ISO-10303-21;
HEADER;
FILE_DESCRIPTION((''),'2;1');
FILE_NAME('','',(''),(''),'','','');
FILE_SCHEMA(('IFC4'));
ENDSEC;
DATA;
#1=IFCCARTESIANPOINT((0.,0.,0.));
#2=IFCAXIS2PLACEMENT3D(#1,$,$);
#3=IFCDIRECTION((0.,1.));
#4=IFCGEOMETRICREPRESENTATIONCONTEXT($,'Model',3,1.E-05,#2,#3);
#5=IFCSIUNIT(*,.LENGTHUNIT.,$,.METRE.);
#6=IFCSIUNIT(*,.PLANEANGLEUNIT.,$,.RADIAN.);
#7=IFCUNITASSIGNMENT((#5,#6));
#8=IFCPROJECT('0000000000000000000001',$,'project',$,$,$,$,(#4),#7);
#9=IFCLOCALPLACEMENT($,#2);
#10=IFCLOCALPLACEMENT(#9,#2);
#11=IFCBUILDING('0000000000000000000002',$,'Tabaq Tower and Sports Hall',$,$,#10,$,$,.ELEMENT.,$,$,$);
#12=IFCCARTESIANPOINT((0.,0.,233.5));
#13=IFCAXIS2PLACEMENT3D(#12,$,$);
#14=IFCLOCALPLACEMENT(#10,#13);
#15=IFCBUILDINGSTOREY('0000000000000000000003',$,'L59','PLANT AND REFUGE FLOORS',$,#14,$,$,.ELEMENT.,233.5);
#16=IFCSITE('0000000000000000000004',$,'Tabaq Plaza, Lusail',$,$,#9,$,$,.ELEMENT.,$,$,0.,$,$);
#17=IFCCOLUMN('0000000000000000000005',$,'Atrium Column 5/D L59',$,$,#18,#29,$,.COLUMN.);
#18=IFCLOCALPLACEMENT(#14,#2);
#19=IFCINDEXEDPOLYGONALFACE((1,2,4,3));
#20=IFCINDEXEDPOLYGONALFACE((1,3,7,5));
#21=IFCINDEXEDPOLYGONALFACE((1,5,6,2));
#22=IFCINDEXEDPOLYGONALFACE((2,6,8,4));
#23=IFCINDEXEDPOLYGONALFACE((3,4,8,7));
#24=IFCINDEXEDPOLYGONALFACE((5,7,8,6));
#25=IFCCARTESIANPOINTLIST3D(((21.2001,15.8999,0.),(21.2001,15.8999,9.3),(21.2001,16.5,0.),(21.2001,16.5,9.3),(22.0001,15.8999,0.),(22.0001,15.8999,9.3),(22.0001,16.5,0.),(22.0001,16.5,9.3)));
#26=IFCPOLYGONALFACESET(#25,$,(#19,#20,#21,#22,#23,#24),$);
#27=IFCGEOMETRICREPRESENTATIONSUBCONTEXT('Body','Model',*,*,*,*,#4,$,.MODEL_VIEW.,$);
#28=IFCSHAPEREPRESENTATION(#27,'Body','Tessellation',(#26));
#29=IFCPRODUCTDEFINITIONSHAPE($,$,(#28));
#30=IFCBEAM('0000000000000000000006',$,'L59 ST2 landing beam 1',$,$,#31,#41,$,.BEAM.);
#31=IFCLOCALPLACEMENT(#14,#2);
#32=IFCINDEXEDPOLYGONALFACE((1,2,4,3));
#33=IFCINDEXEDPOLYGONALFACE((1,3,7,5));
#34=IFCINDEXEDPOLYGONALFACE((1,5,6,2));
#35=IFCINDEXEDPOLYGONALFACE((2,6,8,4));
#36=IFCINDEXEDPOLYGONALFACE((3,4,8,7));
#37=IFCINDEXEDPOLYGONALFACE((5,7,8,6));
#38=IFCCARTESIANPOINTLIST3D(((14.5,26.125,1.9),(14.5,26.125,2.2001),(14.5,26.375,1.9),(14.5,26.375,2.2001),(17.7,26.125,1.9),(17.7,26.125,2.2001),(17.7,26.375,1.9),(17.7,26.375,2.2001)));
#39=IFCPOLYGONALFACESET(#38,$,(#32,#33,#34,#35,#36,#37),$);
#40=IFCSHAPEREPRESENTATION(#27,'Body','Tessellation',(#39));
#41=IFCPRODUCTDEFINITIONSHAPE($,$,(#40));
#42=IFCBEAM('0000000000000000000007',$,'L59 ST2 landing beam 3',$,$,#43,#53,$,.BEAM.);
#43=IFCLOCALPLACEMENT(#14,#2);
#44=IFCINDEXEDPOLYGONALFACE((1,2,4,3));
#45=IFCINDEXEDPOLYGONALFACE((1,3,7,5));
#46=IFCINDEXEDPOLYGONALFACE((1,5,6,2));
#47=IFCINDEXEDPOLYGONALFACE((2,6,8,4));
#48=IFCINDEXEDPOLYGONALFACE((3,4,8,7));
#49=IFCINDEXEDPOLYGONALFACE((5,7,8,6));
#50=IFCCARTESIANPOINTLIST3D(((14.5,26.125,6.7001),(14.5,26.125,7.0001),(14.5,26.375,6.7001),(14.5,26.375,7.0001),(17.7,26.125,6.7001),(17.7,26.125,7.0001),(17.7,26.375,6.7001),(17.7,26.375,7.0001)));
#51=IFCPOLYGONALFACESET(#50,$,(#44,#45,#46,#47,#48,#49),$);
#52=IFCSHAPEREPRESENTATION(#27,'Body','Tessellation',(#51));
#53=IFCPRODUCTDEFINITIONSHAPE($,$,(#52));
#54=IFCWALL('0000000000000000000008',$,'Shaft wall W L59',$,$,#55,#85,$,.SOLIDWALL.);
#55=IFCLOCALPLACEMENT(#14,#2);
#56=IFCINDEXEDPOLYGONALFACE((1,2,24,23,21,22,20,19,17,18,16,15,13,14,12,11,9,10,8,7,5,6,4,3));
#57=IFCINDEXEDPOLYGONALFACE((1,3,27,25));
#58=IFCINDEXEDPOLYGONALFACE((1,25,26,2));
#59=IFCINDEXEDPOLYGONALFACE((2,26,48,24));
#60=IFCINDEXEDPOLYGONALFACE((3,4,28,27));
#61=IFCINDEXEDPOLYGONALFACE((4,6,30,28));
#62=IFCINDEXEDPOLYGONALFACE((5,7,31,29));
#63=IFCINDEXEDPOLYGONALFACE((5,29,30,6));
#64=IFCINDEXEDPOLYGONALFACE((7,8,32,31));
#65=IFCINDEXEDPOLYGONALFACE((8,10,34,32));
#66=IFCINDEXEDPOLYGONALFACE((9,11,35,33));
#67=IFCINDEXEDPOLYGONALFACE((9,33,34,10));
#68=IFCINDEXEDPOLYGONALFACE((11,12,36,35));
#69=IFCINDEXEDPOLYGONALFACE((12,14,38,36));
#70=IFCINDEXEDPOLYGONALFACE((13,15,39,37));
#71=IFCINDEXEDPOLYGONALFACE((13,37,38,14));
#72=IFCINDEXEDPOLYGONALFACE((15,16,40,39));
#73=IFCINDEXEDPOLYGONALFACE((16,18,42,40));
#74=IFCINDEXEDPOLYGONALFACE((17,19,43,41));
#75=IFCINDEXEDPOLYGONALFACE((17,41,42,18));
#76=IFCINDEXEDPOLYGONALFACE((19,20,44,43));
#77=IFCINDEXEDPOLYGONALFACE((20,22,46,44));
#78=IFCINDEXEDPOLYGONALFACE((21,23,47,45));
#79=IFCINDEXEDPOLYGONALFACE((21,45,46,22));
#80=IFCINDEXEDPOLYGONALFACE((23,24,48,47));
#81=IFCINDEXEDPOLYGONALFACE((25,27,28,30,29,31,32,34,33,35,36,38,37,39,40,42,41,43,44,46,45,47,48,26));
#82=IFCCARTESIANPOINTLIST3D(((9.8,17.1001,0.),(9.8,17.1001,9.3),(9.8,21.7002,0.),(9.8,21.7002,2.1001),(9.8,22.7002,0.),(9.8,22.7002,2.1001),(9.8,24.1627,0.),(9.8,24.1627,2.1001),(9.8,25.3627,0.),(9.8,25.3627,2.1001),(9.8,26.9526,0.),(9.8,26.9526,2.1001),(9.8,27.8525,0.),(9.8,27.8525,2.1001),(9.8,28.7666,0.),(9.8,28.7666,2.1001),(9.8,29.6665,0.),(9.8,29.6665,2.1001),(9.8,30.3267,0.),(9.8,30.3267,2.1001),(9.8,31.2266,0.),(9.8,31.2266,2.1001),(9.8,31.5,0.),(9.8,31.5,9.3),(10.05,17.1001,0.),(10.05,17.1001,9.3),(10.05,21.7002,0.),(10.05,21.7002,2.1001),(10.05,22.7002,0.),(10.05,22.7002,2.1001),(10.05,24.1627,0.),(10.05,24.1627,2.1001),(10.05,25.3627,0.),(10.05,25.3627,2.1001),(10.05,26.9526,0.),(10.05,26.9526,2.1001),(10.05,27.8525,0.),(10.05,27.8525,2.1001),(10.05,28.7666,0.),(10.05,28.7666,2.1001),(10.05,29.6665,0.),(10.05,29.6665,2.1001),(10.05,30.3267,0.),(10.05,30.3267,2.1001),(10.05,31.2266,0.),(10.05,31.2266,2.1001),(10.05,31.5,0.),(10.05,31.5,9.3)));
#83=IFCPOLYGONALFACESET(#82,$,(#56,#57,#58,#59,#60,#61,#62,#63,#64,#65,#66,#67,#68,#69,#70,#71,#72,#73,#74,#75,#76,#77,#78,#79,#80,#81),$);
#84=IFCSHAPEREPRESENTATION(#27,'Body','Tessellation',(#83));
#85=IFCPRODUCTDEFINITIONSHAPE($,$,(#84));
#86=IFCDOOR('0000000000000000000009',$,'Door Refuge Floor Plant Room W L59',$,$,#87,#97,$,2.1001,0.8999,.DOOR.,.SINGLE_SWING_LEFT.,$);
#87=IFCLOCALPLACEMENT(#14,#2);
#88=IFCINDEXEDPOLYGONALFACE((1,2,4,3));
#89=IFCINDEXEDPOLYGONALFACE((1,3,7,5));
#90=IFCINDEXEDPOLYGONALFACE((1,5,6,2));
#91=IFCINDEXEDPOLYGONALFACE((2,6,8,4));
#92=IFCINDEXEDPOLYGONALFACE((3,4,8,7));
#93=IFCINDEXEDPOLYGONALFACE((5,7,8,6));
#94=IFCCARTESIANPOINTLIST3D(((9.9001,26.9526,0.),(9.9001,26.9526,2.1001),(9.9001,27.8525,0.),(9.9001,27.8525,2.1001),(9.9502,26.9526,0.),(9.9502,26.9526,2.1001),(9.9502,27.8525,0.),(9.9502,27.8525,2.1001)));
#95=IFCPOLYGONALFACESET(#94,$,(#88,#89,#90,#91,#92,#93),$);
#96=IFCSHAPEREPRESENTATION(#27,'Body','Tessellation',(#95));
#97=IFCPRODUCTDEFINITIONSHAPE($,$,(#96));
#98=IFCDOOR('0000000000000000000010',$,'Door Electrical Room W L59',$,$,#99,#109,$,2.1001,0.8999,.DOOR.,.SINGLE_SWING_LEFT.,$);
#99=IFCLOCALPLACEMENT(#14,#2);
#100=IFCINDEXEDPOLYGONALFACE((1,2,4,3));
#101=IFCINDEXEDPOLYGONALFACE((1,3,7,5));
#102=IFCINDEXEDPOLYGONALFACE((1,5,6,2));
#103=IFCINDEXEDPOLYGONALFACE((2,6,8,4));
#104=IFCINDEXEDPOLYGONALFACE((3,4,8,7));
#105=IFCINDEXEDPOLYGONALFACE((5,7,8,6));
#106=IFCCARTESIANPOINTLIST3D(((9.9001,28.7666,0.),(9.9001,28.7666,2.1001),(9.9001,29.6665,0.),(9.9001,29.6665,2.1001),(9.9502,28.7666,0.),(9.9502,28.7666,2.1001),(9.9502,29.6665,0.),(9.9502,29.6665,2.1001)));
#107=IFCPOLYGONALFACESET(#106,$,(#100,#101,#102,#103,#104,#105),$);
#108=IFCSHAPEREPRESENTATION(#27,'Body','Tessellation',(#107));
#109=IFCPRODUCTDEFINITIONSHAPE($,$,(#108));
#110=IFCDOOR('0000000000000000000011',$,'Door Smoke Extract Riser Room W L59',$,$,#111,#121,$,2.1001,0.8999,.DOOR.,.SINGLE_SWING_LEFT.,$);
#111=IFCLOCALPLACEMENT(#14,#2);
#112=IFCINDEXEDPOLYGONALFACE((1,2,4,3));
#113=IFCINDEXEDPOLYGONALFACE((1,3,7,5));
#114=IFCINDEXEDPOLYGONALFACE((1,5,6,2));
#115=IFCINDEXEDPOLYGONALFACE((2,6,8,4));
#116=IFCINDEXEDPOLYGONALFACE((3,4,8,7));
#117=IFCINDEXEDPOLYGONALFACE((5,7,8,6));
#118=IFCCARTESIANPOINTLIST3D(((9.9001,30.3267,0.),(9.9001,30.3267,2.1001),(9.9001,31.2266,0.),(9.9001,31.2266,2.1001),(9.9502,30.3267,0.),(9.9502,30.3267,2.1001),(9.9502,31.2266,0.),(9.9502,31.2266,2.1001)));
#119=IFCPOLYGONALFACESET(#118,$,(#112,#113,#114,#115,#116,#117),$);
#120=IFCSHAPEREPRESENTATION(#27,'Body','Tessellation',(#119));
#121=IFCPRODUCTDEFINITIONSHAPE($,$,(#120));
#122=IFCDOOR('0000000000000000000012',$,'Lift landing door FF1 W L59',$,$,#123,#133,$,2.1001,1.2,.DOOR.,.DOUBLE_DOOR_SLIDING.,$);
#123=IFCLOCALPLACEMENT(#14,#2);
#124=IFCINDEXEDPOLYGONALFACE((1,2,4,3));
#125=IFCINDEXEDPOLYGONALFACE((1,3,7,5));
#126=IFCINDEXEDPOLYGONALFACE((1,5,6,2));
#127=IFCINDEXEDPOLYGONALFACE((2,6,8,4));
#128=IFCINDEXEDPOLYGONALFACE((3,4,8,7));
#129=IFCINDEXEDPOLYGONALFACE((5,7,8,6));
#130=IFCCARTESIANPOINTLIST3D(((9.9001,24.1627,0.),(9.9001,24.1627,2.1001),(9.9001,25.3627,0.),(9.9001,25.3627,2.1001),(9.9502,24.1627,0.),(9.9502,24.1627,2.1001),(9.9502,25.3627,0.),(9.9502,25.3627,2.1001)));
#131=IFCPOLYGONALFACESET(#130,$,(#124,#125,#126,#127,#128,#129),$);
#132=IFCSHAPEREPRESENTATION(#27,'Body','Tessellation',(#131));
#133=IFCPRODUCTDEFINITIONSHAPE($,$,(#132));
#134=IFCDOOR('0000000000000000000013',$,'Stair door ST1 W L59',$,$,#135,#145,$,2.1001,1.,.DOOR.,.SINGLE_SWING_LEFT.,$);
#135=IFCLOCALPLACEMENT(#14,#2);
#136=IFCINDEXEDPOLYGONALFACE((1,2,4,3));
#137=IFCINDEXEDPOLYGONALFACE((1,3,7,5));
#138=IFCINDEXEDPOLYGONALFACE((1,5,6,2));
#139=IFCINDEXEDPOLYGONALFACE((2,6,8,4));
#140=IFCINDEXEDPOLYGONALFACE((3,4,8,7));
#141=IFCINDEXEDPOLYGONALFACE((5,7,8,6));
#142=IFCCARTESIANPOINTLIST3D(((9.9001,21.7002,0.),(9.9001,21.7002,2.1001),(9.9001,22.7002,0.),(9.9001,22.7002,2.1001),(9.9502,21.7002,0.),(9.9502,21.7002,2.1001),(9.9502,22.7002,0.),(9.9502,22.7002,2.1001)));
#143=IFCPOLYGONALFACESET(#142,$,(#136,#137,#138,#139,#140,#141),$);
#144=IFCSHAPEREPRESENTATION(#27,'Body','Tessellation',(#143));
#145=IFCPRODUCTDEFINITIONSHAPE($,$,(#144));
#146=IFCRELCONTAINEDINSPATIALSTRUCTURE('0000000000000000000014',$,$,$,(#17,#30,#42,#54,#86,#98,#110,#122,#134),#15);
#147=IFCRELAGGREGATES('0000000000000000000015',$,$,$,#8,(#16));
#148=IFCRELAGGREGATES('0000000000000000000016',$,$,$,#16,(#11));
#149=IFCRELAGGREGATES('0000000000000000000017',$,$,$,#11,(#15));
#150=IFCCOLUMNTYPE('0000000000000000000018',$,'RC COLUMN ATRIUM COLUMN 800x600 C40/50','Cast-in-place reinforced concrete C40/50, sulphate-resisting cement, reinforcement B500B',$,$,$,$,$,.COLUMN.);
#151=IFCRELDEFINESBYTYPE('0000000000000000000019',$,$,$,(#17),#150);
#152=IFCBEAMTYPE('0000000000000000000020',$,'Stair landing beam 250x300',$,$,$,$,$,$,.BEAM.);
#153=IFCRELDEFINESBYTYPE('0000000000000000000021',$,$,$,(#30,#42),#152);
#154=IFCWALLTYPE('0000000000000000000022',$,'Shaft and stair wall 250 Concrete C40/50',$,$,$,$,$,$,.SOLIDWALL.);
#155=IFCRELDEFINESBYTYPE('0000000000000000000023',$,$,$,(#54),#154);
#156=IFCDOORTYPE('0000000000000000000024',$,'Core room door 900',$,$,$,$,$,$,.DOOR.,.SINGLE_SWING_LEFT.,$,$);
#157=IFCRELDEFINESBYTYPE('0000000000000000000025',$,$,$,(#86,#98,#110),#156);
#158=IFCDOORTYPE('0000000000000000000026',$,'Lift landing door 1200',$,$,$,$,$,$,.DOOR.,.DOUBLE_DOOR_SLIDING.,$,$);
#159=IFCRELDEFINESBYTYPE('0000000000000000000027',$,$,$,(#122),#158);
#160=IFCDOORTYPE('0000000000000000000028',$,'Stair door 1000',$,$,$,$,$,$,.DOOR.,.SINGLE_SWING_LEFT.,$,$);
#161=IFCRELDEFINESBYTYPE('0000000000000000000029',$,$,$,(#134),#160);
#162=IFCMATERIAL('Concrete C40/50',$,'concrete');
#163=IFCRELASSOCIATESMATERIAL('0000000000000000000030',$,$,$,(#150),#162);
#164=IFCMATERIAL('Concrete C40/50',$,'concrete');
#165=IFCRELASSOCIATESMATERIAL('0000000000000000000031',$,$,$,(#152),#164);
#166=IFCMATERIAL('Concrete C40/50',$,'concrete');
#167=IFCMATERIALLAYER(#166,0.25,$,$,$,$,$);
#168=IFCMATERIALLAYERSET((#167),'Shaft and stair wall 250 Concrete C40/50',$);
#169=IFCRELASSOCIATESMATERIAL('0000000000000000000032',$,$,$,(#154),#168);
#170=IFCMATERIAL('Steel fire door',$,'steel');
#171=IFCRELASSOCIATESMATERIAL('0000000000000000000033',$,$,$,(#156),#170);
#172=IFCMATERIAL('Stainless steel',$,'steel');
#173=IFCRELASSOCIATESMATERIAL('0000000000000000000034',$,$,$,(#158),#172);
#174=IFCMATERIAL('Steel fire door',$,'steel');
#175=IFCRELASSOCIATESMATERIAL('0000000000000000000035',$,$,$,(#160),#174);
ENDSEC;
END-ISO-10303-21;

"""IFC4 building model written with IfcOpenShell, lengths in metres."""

from ifc_helpers import new_model, si_unit, direction, frame, frame_2d, origin, origin_2d, place, context, subcontext, project, spatial, rectangle, extrude, material, layer, layer_set, material_profile, profile_set, type_object, element, fill, save


model = new_model("IFC4")

# Units and contexts
model_context = context("Model", 3, precision=1e-05, world=origin(), true_north=direction((0.0, 1.0)))
body_context = subcontext(model_context, "Body", "Model", "MODEL_VIEW")
ifc_project = project(units=[si_unit("LENGTHUNIT", "METRE"), si_unit("PLANEANGLEUNIT", "RADIAN")], contexts=[model_context])

# Site, building, storey
site_placement = place(None, origin())
site = spatial("IfcSite", under=ifc_project, at=site_placement, Name="Tabaq Plaza, Lusail", CompositionType="ELEMENT", RefElevation=0.0)
building_placement = place(site_placement, origin())
building = spatial("IfcBuilding", under=site, at=building_placement, Name="Tabaq Tower and Sports Hall", CompositionType="ELEMENT")
storey_placement = place(building_placement, frame((0.0, 0.0, 233.5)))
storey = spatial("IfcBuildingStorey", under=building, at=storey_placement, Name="L59", Description="PLANT AND REFUGE FLOORS", CompositionType="ELEMENT", Elevation=233.5)

# Column
ifc_material_1 = material(Name="Concrete C40/50", Category="concrete")
ifc_material_profile_1 = material_profile(ifc_material_1, rectangle(XDim=0.8, YDim=0.6001, at=origin_2d()), Name="ATRIUM COLUMN 800x600")
ifc_profile_set_1 = profile_set([ifc_material_profile_1], Name="Concrete C40/50")
column_type = type_object("IfcColumnType", Name="RC COLUMN ATRIUM COLUMN 800x600 C40/50", Description="Cast-in-place reinforced concrete C40/50, sulphate-resisting cement, reinforcement B500B", PredefinedType="COLUMN", material=ifc_profile_set_1)
column_placement = place(storey_placement, frame((21.6001, 16.2, 0.0), z_axis=(0.0, 0.0, 1.0), x_axis=(1.0, 0.0, 0.0)))
element("IfcColumn", 1, at=column_placement, inside=storey, type_object=column_type, Name="Atrium Column 5/D L59", PredefinedType="COLUMN", context=body_context, shape_type="SweptSolid", body=[
    extrude(rectangle(XDim=0.8, YDim=0.6001, at=origin_2d()), origin(), (0.0, 0.0, 1.0), 9.3),
])

# Beams
ifc_material_2 = material(Name="Concrete C40/50", Category="concrete")
ifc_material_profile_2 = material_profile(ifc_material_2, rectangle(XDim=0.25, YDim=0.3, at=origin_2d()), Name="RC 250x300")
ifc_profile_set_2 = profile_set([ifc_material_profile_2], Name="Concrete C40/50")
beam_type = type_object("IfcBeamType", Name="Stair landing beam 250x300", PredefinedType="BEAM", material=ifc_profile_set_2)
for number, where, z_axis, x_axis, name in (
    (2, (14.5, 26.25, 2.05), (1.0, 0.0, 0.0), (0.0, 1.0, 0.0), "L59 ST2 landing beam 1"),
    (3, (14.5, 26.25, 6.8501), (1.0, 0.0, 0.0), (0.0, 1.0, 0.0), "L59 ST2 landing beam 3"),
):
    element("IfcBeam", number, at=place(storey_placement, frame(where, z_axis=z_axis, x_axis=x_axis)), inside=storey, type_object=beam_type, Name=name, PredefinedType="BEAM", context=body_context, shape_type="SweptSolid", body=[
        extrude(rectangle(XDim=0.25, YDim=0.3, at=origin_2d()), origin(), (0.0, 0.0, 1.0), 3.2),
    ])

# Wall, openings, doors
ifc_material_3 = material(Name="Concrete C40/50", Category="concrete")
ifc_layer_1 = layer(ifc_material_3, 0.25)
ifc_layer_set_1 = layer_set([ifc_layer_1], Name="Shaft and stair wall 250 Concrete C40/50")
wall_type_1 = type_object("IfcWallType", Name="Shaft and stair wall 250 Concrete C40/50", PredefinedType="SOLIDWALL", material=ifc_layer_set_1)
wall_1_placement = place(storey_placement, frame((9.925, 17.1001, 0.0), z_axis=(0.0, 0.0, 1.0), x_axis=(0.0, 1.0, 0.0)))
wall_1 = element("IfcWall", 4, at=wall_1_placement, inside=storey, type_object=wall_type_1, Name="Shaft wall W L59", PredefinedType="SOLIDWALL", context=body_context, shape_type="SweptSolid", body=[
    extrude(rectangle(XDim=14.3999, YDim=0.25, at=frame_2d((7.2, 0.0))), origin(), (0.0, 0.0, 1.0), 9.3),
])
opening_1_placement = place(wall_1_placement, frame((4.6001, 0.0, 0.0)))
opening_1 = element("IfcOpeningElement", 5, at=opening_1_placement, cuts=wall_1, PredefinedType="OPENING", context=body_context, shape_type="SweptSolid", body=[
    extrude(rectangle(XDim=1.0, YDim=2.1001, at=frame_2d((0.5, 1.05))), frame((0.0, 0.125, 0.0), z_axis=(0.0, -1.0, 0.0), x_axis=(1.0, 0.0, 0.0)), (0.0, 0.0, 1.0), 0.25),
])
opening_2_placement = place(wall_1_placement, frame((7.0625, 0.0, 0.0)))
opening_2 = element("IfcOpeningElement", 6, at=opening_2_placement, cuts=wall_1, PredefinedType="OPENING", context=body_context, shape_type="SweptSolid", body=[
    extrude(rectangle(XDim=1.2, YDim=2.1001, at=frame_2d((0.6001, 1.05))), frame((0.0, 0.125, 0.0), z_axis=(0.0, -1.0, 0.0), x_axis=(1.0, 0.0, 0.0)), (0.0, 0.0, 1.0), 0.25),
])
opening_3_placement = place(wall_1_placement, frame((9.8525, 0.0, 0.0)))
opening_3 = element("IfcOpeningElement", 7, at=opening_3_placement, cuts=wall_1, PredefinedType="OPENING", context=body_context, shape_type="SweptSolid", body=[
    extrude(rectangle(XDim=0.8999, YDim=2.1001, at=frame_2d((0.45, 1.05))), frame((0.0, 0.125, 0.0), z_axis=(0.0, -1.0, 0.0), x_axis=(1.0, 0.0, 0.0)), (0.0, 0.0, 1.0), 0.25),
])
opening_4_placement = place(wall_1_placement, frame((11.6665, 0.0, 0.0)))
opening_4 = element("IfcOpeningElement", 8, at=opening_4_placement, cuts=wall_1, PredefinedType="OPENING", context=body_context, shape_type="SweptSolid", body=[
    extrude(rectangle(XDim=0.8999, YDim=2.1001, at=frame_2d((0.45, 1.05))), frame((0.0, 0.125, 0.0), z_axis=(0.0, -1.0, 0.0), x_axis=(1.0, 0.0, 0.0)), (0.0, 0.0, 1.0), 0.25),
])
opening_5_placement = place(wall_1_placement, frame((13.2266, 0.0, 0.0)))
opening_5 = element("IfcOpeningElement", 9, at=opening_5_placement, cuts=wall_1, PredefinedType="OPENING", context=body_context, shape_type="SweptSolid", body=[
    extrude(rectangle(XDim=0.8999, YDim=2.1001, at=frame_2d((0.45, 1.05))), frame((0.0, 0.125, 0.0), z_axis=(0.0, -1.0, 0.0), x_axis=(1.0, 0.0, 0.0)), (0.0, 0.0, 1.0), 0.25),
])
ifc_material_4 = material(Name="Steel fire door", Category="steel")
door_type_1 = type_object("IfcDoorType", Name="Core room door 900", OperationType="SINGLE_SWING_LEFT", PredefinedType="DOOR", material=ifc_material_4)
door_1_placement = place(opening_3_placement, origin())
door_1 = element("IfcDoor", 10, at=door_1_placement, inside=storey, type_object=door_type_1, Name="Door Refuge Floor Plant Room W L59", OperationType="SINGLE_SWING_LEFT", OverallHeight=2.1001, OverallWidth=0.8999, PredefinedType="DOOR", context=body_context, shape_type="SweptSolid", body=[
    extrude(rectangle(XDim=0.8999, YDim=2.1001, at=frame_2d((0.45, 1.05))), frame((0.0, 0.0249, 0.0), z_axis=(0.0, -1.0, 0.0), x_axis=(1.0, 0.0, 0.0)), (0.0, 0.0, 1.0), 0.05),
])
fill(opening_3, door_1)
door_2_placement = place(opening_4_placement, origin())
door_2 = element("IfcDoor", 11, at=door_2_placement, inside=storey, type_object=door_type_1, Name="Door Electrical Room W L59", OperationType="SINGLE_SWING_LEFT", OverallHeight=2.1001, OverallWidth=0.8999, PredefinedType="DOOR", context=body_context, shape_type="SweptSolid", body=[
    extrude(rectangle(XDim=0.8999, YDim=2.1001, at=frame_2d((0.45, 1.05))), frame((0.0, 0.0249, 0.0), z_axis=(0.0, -1.0, 0.0), x_axis=(1.0, 0.0, 0.0)), (0.0, 0.0, 1.0), 0.05),
])
fill(opening_4, door_2)
door_3_placement = place(opening_5_placement, origin())
door_3 = element("IfcDoor", 12, at=door_3_placement, inside=storey, type_object=door_type_1, Name="Door Smoke Extract Riser Room W L59", OperationType="SINGLE_SWING_LEFT", OverallHeight=2.1001, OverallWidth=0.8999, PredefinedType="DOOR", context=body_context, shape_type="SweptSolid", body=[
    extrude(rectangle(XDim=0.8999, YDim=2.1001, at=frame_2d((0.45, 1.05))), frame((0.0, 0.0249, 0.0), z_axis=(0.0, -1.0, 0.0), x_axis=(1.0, 0.0, 0.0)), (0.0, 0.0, 1.0), 0.05),
])
fill(opening_5, door_3)
ifc_material_5 = material(Name="Stainless steel", Category="steel")
door_type_2 = type_object("IfcDoorType", Name="Lift landing door 1200", OperationType="DOUBLE_DOOR_SLIDING", PredefinedType="DOOR", material=ifc_material_5)
door_4_placement = place(opening_2_placement, origin())
door_4 = element("IfcDoor", 13, at=door_4_placement, inside=storey, type_object=door_type_2, Name="Lift landing door FF1 W L59", OperationType="DOUBLE_DOOR_SLIDING", OverallHeight=2.1001, OverallWidth=1.2, PredefinedType="DOOR", context=body_context, shape_type="SweptSolid", body=[
    extrude(rectangle(XDim=1.2, YDim=2.1001, at=frame_2d((0.6001, 1.05))), frame((0.0, 0.0249, 0.0), z_axis=(0.0, -1.0, 0.0), x_axis=(1.0, 0.0, 0.0)), (0.0, 0.0, 1.0), 0.05),
])
fill(opening_2, door_4)
ifc_material_6 = material(Name="Steel fire door", Category="steel")
door_type_3 = type_object("IfcDoorType", Name="Stair door 1000", OperationType="SINGLE_SWING_LEFT", PredefinedType="DOOR", material=ifc_material_6)
door_5_placement = place(opening_1_placement, origin())
door_5 = element("IfcDoor", 14, at=door_5_placement, inside=storey, type_object=door_type_3, Name="Stair door ST1 W L59", OperationType="SINGLE_SWING_LEFT", OverallHeight=2.1001, OverallWidth=1.0, PredefinedType="DOOR", context=body_context, shape_type="SweptSolid", body=[
    extrude(rectangle(XDim=1.0, YDim=2.1001, at=frame_2d((0.5, 1.05))), frame((0.0, 0.0249, 0.0), z_axis=(0.0, -1.0, 0.0), x_axis=(1.0, 0.0, 0.0)), (0.0, 0.0, 1.0), 0.05),
])
fill(opening_1, door_5)

save(model, "model.ifc")
